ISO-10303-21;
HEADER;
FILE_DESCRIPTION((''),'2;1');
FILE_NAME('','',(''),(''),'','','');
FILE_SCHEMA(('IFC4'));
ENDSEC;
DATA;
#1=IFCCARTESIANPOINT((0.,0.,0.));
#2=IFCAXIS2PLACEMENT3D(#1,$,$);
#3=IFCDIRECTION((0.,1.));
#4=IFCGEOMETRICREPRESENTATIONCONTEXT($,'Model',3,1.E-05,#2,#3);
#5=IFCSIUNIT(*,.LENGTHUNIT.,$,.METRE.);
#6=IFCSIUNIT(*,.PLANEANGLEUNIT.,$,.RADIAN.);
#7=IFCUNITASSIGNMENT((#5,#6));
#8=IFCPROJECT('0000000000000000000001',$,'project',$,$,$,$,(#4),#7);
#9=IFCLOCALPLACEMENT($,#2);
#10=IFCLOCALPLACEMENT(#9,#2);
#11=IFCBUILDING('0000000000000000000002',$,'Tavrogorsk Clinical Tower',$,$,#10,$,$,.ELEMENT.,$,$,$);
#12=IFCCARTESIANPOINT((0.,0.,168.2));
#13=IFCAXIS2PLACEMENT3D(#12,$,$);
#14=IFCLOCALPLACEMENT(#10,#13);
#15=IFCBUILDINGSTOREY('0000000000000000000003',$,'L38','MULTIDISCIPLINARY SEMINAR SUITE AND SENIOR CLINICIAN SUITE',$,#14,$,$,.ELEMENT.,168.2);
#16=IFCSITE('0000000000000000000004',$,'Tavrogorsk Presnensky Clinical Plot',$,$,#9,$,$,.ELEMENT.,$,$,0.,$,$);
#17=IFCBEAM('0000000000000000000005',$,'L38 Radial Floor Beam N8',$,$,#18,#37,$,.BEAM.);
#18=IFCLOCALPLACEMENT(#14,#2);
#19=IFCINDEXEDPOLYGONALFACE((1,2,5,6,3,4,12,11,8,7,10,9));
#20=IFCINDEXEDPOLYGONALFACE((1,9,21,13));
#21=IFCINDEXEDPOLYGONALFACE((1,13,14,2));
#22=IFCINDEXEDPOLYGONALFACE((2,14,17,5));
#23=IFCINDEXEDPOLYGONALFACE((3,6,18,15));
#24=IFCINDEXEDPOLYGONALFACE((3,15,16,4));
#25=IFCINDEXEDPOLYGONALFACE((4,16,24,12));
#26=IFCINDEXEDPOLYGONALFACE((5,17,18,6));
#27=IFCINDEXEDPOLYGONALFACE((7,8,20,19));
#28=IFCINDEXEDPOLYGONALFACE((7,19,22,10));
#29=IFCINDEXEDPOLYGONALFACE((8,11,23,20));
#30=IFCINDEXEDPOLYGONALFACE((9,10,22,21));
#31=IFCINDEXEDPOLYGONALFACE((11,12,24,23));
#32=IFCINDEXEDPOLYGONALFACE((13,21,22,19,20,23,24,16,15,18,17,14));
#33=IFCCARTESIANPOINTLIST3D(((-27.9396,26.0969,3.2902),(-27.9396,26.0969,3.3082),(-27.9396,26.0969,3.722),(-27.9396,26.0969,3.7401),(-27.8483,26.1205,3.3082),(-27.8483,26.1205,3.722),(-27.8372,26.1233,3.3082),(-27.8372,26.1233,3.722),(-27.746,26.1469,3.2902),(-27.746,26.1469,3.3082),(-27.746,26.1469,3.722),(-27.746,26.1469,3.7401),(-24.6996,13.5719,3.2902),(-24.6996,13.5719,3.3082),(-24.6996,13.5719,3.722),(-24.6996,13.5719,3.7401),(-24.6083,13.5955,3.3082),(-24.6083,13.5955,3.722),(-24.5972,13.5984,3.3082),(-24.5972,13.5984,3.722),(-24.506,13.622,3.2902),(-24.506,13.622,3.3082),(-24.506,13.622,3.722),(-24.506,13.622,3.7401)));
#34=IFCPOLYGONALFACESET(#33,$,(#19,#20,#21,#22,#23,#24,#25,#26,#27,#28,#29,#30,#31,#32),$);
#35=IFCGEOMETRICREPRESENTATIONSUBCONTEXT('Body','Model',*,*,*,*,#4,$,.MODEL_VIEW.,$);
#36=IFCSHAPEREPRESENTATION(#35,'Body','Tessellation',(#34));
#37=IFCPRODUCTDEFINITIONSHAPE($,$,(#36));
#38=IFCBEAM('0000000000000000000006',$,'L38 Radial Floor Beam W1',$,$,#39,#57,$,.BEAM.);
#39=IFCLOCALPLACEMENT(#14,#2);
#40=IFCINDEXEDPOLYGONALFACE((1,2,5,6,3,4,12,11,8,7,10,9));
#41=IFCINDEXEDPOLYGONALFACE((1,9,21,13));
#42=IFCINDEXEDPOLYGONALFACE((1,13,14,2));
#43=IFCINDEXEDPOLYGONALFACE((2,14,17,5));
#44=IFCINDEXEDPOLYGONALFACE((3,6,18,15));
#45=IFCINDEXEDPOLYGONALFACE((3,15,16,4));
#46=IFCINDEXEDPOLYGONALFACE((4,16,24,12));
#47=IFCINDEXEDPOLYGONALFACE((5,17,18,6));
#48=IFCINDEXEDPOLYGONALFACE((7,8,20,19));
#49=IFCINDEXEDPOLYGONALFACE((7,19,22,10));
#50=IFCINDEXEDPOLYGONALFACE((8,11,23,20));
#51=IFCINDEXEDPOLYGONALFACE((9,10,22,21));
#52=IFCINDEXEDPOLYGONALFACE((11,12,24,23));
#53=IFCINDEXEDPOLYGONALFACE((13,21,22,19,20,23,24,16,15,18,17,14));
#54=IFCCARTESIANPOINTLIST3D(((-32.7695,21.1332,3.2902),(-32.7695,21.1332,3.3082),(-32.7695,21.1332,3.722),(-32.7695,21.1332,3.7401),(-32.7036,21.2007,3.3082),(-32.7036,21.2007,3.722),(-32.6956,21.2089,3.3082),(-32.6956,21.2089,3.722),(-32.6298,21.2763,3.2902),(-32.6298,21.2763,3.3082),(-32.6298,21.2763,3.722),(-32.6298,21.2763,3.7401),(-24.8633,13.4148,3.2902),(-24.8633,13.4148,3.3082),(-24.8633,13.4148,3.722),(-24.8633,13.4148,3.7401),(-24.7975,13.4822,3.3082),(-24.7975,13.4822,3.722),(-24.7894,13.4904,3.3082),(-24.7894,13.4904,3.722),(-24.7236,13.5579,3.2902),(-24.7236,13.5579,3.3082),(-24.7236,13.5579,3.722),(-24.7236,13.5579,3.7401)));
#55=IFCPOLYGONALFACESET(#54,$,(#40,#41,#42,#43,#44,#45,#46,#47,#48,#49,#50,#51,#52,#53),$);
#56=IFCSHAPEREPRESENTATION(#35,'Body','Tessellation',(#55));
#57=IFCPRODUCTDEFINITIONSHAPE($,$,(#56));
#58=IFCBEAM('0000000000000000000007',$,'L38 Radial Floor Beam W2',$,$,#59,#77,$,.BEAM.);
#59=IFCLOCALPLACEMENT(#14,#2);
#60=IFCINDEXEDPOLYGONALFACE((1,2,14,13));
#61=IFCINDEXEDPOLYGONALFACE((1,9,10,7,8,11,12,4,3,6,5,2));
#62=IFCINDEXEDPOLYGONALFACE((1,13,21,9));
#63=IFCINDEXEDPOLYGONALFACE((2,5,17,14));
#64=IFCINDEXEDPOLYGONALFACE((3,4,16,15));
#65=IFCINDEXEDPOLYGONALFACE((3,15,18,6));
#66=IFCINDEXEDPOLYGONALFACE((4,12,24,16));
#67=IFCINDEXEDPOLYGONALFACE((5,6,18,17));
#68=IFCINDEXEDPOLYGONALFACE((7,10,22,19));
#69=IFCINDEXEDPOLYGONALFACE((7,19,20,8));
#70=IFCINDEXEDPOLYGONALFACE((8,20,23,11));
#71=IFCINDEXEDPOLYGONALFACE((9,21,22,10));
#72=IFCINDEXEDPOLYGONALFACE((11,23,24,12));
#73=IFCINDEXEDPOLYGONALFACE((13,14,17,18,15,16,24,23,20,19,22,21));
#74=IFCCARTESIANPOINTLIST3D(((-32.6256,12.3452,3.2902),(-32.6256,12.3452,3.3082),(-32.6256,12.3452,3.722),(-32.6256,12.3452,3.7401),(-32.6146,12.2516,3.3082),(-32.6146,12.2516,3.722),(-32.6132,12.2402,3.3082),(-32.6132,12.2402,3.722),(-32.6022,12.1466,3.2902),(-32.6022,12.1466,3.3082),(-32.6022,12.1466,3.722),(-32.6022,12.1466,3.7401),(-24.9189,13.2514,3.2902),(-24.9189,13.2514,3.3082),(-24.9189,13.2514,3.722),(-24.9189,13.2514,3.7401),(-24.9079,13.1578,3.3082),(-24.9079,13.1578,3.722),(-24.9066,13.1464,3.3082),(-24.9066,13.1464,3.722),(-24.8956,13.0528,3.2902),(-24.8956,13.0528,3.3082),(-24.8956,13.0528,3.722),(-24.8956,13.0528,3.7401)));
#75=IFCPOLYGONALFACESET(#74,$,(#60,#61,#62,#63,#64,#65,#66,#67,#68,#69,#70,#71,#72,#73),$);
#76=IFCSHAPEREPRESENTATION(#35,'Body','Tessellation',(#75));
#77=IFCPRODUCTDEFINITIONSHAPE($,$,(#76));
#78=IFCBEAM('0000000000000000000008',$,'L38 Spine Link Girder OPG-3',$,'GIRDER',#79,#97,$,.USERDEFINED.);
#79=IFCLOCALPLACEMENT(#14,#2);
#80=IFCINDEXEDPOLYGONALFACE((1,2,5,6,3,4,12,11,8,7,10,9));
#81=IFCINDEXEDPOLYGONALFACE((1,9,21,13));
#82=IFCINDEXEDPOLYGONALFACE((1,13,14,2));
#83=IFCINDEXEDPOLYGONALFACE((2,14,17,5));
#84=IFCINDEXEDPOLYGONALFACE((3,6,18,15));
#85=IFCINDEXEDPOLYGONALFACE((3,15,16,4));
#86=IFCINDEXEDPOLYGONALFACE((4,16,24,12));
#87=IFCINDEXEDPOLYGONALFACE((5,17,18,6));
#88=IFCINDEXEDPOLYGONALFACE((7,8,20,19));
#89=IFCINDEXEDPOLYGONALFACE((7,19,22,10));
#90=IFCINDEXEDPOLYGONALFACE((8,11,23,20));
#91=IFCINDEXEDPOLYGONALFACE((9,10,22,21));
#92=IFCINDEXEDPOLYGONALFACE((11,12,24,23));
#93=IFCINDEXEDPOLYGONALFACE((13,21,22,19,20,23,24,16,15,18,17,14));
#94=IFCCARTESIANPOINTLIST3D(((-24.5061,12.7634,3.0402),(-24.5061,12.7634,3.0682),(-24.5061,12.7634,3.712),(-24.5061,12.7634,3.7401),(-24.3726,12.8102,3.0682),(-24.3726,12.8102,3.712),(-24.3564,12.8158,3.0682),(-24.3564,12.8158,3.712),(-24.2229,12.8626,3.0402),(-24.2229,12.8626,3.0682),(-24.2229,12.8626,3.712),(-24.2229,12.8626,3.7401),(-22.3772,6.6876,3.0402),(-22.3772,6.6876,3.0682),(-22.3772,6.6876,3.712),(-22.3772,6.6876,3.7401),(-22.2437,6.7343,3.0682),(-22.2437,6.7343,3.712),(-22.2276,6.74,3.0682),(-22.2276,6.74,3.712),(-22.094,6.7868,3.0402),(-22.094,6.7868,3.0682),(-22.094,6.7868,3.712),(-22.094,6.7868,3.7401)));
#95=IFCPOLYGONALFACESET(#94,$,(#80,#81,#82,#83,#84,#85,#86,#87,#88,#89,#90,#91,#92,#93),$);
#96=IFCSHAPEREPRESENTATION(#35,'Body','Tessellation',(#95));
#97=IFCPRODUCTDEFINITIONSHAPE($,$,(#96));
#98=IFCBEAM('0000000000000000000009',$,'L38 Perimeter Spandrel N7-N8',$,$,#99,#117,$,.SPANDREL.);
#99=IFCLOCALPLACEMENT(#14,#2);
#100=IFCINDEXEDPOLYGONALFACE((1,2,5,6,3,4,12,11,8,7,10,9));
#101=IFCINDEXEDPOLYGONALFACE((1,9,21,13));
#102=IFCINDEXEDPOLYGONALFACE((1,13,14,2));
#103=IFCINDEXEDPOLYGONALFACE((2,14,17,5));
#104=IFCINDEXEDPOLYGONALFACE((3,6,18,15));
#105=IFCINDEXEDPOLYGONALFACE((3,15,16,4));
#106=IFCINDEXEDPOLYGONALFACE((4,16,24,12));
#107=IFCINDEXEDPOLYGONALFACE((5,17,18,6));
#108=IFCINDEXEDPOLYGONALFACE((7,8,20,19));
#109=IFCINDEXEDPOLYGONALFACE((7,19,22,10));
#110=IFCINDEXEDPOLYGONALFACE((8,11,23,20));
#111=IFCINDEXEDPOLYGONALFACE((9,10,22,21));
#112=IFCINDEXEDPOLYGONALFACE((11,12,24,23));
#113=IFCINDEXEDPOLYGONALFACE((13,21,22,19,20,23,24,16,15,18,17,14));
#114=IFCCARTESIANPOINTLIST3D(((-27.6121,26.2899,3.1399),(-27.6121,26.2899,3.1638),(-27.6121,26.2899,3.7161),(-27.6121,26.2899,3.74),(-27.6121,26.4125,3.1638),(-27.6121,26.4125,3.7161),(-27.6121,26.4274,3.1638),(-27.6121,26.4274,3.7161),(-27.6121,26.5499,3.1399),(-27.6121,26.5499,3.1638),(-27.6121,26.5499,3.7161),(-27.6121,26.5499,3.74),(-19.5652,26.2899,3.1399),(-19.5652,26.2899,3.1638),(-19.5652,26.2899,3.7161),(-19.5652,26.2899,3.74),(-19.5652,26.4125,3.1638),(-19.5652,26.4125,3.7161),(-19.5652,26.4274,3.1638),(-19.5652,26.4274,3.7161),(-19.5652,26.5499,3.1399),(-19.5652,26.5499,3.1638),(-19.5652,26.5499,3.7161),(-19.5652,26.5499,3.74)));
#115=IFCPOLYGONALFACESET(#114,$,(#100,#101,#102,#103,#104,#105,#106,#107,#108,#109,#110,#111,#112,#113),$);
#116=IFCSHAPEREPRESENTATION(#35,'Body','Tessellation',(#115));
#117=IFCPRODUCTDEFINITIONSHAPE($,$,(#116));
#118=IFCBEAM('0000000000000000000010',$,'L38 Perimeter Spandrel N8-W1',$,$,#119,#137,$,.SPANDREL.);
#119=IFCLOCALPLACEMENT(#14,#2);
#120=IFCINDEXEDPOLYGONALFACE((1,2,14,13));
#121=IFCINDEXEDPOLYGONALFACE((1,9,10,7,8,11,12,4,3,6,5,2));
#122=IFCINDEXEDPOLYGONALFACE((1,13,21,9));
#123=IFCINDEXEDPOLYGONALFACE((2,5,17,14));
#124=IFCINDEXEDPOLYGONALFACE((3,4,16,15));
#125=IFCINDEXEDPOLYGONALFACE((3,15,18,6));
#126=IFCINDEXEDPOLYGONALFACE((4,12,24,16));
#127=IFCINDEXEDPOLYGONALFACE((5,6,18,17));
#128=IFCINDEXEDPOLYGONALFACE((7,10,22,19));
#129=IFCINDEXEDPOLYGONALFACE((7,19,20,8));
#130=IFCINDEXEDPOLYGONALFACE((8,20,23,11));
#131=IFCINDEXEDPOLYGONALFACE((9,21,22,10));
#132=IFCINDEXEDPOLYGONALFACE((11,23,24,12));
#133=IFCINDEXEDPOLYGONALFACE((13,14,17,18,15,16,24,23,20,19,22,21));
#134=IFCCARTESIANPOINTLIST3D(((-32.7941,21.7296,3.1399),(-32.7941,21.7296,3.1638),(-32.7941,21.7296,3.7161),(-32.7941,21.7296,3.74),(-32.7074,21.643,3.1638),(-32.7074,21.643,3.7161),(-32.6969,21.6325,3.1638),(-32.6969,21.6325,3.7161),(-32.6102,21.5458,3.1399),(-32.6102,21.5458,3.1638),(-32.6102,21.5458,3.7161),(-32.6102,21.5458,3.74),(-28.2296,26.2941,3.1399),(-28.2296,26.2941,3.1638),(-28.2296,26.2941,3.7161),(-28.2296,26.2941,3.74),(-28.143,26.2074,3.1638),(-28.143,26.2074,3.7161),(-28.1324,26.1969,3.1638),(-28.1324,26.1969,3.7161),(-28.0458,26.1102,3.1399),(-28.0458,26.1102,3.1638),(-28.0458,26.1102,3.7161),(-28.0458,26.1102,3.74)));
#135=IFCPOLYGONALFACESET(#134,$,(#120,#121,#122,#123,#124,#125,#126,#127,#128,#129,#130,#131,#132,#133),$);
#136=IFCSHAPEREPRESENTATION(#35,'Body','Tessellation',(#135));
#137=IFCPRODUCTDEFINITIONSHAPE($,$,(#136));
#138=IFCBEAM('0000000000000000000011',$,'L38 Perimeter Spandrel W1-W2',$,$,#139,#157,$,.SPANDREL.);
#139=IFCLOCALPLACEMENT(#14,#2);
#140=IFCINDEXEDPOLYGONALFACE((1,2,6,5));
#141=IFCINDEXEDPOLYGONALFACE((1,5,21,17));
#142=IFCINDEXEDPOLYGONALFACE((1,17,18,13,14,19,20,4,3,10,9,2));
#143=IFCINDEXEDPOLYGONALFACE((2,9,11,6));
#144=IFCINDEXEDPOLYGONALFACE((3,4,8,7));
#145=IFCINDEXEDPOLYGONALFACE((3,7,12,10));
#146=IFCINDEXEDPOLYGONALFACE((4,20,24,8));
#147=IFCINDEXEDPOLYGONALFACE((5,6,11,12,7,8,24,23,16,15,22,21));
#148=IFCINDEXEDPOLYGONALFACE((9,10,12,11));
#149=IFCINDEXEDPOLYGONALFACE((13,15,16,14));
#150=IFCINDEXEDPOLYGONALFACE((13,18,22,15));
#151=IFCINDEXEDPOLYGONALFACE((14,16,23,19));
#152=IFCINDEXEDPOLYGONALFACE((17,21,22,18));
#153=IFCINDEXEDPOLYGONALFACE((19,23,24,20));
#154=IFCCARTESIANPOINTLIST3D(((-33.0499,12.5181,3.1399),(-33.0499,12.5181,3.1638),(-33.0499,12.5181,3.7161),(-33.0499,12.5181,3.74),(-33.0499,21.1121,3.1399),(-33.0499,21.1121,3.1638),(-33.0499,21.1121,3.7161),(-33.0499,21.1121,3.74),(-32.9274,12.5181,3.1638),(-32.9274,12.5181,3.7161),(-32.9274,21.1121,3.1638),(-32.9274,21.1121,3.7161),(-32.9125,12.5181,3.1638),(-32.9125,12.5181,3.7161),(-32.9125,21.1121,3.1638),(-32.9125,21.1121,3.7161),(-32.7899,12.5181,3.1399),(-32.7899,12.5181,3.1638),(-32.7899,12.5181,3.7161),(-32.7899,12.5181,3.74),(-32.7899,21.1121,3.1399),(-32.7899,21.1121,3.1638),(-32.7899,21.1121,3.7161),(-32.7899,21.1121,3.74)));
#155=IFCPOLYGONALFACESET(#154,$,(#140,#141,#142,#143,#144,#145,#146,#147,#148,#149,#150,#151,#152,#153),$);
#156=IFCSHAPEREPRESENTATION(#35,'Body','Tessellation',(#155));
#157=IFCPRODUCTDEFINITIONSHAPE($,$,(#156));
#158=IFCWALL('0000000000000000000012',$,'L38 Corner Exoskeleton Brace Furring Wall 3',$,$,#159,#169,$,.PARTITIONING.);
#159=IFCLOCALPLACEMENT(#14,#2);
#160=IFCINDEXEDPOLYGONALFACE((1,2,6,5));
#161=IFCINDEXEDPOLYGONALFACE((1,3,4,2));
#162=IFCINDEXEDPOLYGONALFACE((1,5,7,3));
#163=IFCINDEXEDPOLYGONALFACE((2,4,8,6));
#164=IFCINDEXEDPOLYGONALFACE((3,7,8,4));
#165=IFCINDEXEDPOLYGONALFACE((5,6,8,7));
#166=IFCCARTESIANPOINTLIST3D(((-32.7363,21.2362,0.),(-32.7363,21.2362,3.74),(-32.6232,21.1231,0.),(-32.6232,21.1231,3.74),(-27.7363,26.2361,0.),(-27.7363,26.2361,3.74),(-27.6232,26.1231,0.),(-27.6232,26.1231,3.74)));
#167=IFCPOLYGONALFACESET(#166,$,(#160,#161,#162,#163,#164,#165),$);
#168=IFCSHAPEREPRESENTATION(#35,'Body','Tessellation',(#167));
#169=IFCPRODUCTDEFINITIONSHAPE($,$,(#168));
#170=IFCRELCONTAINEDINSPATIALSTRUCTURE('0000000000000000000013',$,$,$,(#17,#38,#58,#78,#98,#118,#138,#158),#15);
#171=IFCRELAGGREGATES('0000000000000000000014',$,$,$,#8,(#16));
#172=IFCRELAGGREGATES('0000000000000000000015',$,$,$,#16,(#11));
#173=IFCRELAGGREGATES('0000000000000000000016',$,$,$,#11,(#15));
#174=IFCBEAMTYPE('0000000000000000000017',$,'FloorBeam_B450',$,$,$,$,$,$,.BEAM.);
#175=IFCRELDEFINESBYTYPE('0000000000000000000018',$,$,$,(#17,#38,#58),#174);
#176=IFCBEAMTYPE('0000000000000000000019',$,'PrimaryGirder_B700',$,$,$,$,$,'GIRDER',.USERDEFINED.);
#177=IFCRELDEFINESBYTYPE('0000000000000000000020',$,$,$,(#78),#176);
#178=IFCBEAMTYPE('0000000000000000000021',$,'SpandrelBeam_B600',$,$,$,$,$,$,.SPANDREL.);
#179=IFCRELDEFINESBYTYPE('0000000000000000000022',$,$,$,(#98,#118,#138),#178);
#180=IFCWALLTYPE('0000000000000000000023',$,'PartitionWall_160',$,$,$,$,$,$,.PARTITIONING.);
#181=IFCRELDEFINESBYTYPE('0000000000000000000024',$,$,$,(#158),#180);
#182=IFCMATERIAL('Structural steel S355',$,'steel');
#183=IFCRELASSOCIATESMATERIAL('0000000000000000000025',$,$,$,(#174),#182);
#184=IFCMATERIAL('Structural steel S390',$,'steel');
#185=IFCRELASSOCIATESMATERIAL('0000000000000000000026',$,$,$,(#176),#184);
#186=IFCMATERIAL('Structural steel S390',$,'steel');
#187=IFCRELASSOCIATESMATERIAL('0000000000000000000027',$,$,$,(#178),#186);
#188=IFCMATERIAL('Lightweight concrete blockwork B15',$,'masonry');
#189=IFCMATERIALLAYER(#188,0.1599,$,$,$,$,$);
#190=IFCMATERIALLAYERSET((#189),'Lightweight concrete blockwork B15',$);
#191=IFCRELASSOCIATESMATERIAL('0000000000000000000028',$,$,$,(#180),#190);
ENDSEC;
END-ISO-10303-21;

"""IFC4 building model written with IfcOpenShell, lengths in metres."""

from ifc_helpers import new_model, si_unit, direction, frame, frame_2d, origin, origin_2d, place, context, subcontext, project, spatial, rectangle, i_section, extrude, material, layer, layer_set, material_profile, profile_set, type_object, element, save


model = new_model("IFC4")

# Units and contexts
model_context = context("Model", 3, precision=1e-05, world=origin(), true_north=direction((0.0, 1.0)))
body_context = subcontext(model_context, "Body", "Model", "MODEL_VIEW")
ifc_project = project(units=[si_unit("LENGTHUNIT", "METRE"), si_unit("PLANEANGLEUNIT", "RADIAN")], contexts=[model_context])

# Site, building, storey
site_placement = place(None, origin())
site = spatial("IfcSite", under=ifc_project, at=site_placement, Name="Tavrogorsk Presnensky Clinical Plot", CompositionType="ELEMENT", RefElevation=0.0)
building_placement = place(site_placement, origin())
building = spatial("IfcBuilding", under=site, at=building_placement, Name="Tavrogorsk Clinical Tower", CompositionType="ELEMENT")
storey_placement = place(building_placement, frame((0.0, 0.0, 168.2)))
storey = spatial("IfcBuildingStorey", under=building, at=storey_placement, Name="L38", Description="MULTIDISCIPLINARY SEMINAR SUITE AND SENIOR CLINICIAN SUITE", CompositionType="ELEMENT", Elevation=168.2)

# Beams
ifc_material_1 = material(Name="Structural steel S355", Category="steel")
ifc_material_profile_1 = material_profile(ifc_material_1, i_section(OverallWidth=0.2, OverallDepth=0.45, WebThickness=0.0115, FlangeThickness=0.0181, at=origin_2d()), Name="B-450x200x11.5x18")
ifc_profile_set_1 = profile_set([ifc_material_profile_1], Name="Structural steel S355")
beam_type_1 = type_object("IfcBeamType", Name="FloorBeam_B450", PredefinedType="BEAM", material=ifc_profile_set_1)
beam_1_placement = place(storey_placement, frame((-24.6028, 13.5969, 3.5151), z_axis=(-0.25044, 0.968132, 0.0), x_axis=(-0.968132, -0.25044, 0.0)))
element("IfcBeam", 1, at=beam_1_placement, inside=storey, type_object=beam_type_1, Name="L38 Radial Floor Beam N8", PredefinedType="BEAM", context=body_context, shape_type="SweptSolid", body=[
    extrude(i_section(OverallWidth=0.2, OverallDepth=0.45, WebThickness=0.0115, FlangeThickness=0.0181, at=origin_2d()), origin(), (0.0, 0.0, 1.0), 12.9373),
])
beam_2_placement = place(storey_placement, frame((-24.7935, 13.4863, 3.5151), z_axis=(-0.715552, 0.69856, 0.0), x_axis=(-0.69856, -0.715552, 0.0)))
element("IfcBeam", 2, at=beam_2_placement, inside=storey, type_object=beam_type_1, Name="L38 Radial Floor Beam W1", PredefinedType="BEAM", context=body_context, shape_type="SweptSolid", body=[
    extrude(i_section(OverallWidth=0.2, OverallDepth=0.45, WebThickness=0.0115, FlangeThickness=0.0181, at=origin_2d()), origin(), (0.0, 0.0, 1.0), 11.0491),
])
beam_3_placement = place(storey_placement, frame((-24.9072, 13.1521, 3.5151), z_axis=(-0.993157, -0.116786, 0.0), x_axis=(0.116786, -0.993157, 0.0)))
element("IfcBeam", 3, at=beam_3_placement, inside=storey, type_object=beam_type_1, Name="L38 Radial Floor Beam W2", PredefinedType="BEAM", context=body_context, shape_type="SweptSolid", body=[
    extrude(i_section(OverallWidth=0.2, OverallDepth=0.45, WebThickness=0.0115, FlangeThickness=0.0181, at=origin_2d()), origin(), (0.0, 0.0, 1.0), 7.7598),
])
ifc_material_2 = material(Name="Structural steel S390", Category="steel")
ifc_material_profile_2 = material_profile(ifc_material_2, i_section(OverallWidth=0.3, OverallDepth=0.7, WebThickness=0.0171, FlangeThickness=0.0281, at=origin_2d()), Name="B-700x300x17x28")
ifc_profile_set_2 = profile_set([ifc_material_profile_2], Name="Structural steel S390")
beam_type_2 = type_object("IfcBeamType", Name="PrimaryGirder_B700", ElementType="GIRDER", PredefinedType="USERDEFINED", material=ifc_profile_set_2)
beam_4_placement = place(storey_placement, frame((-24.3645, 12.813, 3.3901), z_axis=(0.330673, -0.943745, 0.0), x_axis=(0.943745, 0.330673, 0.0)))
element("IfcBeam", 4, at=beam_4_placement, inside=storey, type_object=beam_type_2, Name="L38 Spine Link Girder OPG-3", ObjectType="GIRDER", PredefinedType="USERDEFINED", context=body_context, shape_type="SweptSolid", body=[
    extrude(i_section(OverallWidth=0.3, OverallDepth=0.7, WebThickness=0.0171, FlangeThickness=0.0281, at=origin_2d()), origin(), (0.0, 0.0, 1.0), 6.438),
])
ifc_material_3 = material(Name="Structural steel S390", Category="steel")
ifc_material_profile_3 = material_profile(ifc_material_3, i_section(OverallWidth=0.26, OverallDepth=0.6001, WebThickness=0.0149, FlangeThickness=0.0239, at=origin_2d()), Name="B-600x260x15x24")
ifc_profile_set_3 = profile_set([ifc_material_profile_3], Name="Structural steel S390")
beam_type_3 = type_object("IfcBeamType", Name="SpandrelBeam_B600", PredefinedType="SPANDREL", material=ifc_profile_set_3)
beam_5_placement = place(storey_placement, frame((-19.5652, 26.4199, 3.4399), z_axis=(-1.0, 0.0, 0.0), x_axis=(0.0, -1.0, 0.0)))
element("IfcBeam", 5, at=beam_5_placement, inside=storey, type_object=beam_type_3, Name="L38 Perimeter Spandrel N7-N8", PredefinedType="SPANDREL", context=body_context, shape_type="SweptSolid", body=[
    extrude(i_section(OverallWidth=0.26, OverallDepth=0.6001, WebThickness=0.0149, FlangeThickness=0.0239, at=origin_2d()), origin(), (0.0, 0.0, 1.0), 8.0469),
])
beam_6_placement = place(storey_placement, frame((-28.1377, 26.2021, 3.4399), z_axis=(-0.707107, -0.707107, 0.0), x_axis=(0.707107, -0.707107, 0.0)))
element("IfcBeam", 6, at=beam_6_placement, inside=storey, type_object=beam_type_3, Name="L38 Perimeter Spandrel N8-W1", PredefinedType="SPANDREL", context=body_context, shape_type="SweptSolid", body=[
    extrude(i_section(OverallWidth=0.26, OverallDepth=0.6001, WebThickness=0.0149, FlangeThickness=0.0239, at=origin_2d()), origin(), (0.0, 0.0, 1.0), 6.4551),
])
beam_7_placement = place(storey_placement, frame((-32.9199, 21.1121, 3.4399), z_axis=(0.0, -1.0, 0.0), x_axis=(1.0, 0.0, 0.0)))
element("IfcBeam", 7, at=beam_7_placement, inside=storey, type_object=beam_type_3, Name="L38 Perimeter Spandrel W1-W2", PredefinedType="SPANDREL", context=body_context, shape_type="SweptSolid", body=[
    extrude(i_section(OverallWidth=0.26, OverallDepth=0.6001, WebThickness=0.0149, FlangeThickness=0.0239, at=origin_2d()), origin(), (0.0, 0.0, 1.0), 8.594),
])

# Wall
ifc_material_4 = material(Name="Lightweight concrete blockwork B15", Category="masonry")
ifc_layer_1 = layer(ifc_material_4, 0.1599)
ifc_layer_set_1 = layer_set([ifc_layer_1], Name="Lightweight concrete blockwork B15")
wall_type_1 = type_object("IfcWallType", Name="PartitionWall_160", PredefinedType="PARTITIONING", material=ifc_layer_set_1)
wall_1_placement = place(storey_placement, frame((-27.6797, 26.1797, 0.0), z_axis=(0.0, 0.0, 1.0), x_axis=(-0.707107, -0.707107, 0.0)))
element("IfcWall", 8, at=wall_1_placement, inside=storey, type_object=wall_type_1, Name="L38 Corner Exoskeleton Brace Furring Wall 3", PredefinedType="PARTITIONING", context=body_context, shape_type="SweptSolid", body=[
    extrude(rectangle(XDim=7.071, YDim=0.1599, at=frame_2d((3.5356, 0.0))), origin(), (0.0, 0.0, 1.0), 3.74),
])

save(model, "model.ifc")
